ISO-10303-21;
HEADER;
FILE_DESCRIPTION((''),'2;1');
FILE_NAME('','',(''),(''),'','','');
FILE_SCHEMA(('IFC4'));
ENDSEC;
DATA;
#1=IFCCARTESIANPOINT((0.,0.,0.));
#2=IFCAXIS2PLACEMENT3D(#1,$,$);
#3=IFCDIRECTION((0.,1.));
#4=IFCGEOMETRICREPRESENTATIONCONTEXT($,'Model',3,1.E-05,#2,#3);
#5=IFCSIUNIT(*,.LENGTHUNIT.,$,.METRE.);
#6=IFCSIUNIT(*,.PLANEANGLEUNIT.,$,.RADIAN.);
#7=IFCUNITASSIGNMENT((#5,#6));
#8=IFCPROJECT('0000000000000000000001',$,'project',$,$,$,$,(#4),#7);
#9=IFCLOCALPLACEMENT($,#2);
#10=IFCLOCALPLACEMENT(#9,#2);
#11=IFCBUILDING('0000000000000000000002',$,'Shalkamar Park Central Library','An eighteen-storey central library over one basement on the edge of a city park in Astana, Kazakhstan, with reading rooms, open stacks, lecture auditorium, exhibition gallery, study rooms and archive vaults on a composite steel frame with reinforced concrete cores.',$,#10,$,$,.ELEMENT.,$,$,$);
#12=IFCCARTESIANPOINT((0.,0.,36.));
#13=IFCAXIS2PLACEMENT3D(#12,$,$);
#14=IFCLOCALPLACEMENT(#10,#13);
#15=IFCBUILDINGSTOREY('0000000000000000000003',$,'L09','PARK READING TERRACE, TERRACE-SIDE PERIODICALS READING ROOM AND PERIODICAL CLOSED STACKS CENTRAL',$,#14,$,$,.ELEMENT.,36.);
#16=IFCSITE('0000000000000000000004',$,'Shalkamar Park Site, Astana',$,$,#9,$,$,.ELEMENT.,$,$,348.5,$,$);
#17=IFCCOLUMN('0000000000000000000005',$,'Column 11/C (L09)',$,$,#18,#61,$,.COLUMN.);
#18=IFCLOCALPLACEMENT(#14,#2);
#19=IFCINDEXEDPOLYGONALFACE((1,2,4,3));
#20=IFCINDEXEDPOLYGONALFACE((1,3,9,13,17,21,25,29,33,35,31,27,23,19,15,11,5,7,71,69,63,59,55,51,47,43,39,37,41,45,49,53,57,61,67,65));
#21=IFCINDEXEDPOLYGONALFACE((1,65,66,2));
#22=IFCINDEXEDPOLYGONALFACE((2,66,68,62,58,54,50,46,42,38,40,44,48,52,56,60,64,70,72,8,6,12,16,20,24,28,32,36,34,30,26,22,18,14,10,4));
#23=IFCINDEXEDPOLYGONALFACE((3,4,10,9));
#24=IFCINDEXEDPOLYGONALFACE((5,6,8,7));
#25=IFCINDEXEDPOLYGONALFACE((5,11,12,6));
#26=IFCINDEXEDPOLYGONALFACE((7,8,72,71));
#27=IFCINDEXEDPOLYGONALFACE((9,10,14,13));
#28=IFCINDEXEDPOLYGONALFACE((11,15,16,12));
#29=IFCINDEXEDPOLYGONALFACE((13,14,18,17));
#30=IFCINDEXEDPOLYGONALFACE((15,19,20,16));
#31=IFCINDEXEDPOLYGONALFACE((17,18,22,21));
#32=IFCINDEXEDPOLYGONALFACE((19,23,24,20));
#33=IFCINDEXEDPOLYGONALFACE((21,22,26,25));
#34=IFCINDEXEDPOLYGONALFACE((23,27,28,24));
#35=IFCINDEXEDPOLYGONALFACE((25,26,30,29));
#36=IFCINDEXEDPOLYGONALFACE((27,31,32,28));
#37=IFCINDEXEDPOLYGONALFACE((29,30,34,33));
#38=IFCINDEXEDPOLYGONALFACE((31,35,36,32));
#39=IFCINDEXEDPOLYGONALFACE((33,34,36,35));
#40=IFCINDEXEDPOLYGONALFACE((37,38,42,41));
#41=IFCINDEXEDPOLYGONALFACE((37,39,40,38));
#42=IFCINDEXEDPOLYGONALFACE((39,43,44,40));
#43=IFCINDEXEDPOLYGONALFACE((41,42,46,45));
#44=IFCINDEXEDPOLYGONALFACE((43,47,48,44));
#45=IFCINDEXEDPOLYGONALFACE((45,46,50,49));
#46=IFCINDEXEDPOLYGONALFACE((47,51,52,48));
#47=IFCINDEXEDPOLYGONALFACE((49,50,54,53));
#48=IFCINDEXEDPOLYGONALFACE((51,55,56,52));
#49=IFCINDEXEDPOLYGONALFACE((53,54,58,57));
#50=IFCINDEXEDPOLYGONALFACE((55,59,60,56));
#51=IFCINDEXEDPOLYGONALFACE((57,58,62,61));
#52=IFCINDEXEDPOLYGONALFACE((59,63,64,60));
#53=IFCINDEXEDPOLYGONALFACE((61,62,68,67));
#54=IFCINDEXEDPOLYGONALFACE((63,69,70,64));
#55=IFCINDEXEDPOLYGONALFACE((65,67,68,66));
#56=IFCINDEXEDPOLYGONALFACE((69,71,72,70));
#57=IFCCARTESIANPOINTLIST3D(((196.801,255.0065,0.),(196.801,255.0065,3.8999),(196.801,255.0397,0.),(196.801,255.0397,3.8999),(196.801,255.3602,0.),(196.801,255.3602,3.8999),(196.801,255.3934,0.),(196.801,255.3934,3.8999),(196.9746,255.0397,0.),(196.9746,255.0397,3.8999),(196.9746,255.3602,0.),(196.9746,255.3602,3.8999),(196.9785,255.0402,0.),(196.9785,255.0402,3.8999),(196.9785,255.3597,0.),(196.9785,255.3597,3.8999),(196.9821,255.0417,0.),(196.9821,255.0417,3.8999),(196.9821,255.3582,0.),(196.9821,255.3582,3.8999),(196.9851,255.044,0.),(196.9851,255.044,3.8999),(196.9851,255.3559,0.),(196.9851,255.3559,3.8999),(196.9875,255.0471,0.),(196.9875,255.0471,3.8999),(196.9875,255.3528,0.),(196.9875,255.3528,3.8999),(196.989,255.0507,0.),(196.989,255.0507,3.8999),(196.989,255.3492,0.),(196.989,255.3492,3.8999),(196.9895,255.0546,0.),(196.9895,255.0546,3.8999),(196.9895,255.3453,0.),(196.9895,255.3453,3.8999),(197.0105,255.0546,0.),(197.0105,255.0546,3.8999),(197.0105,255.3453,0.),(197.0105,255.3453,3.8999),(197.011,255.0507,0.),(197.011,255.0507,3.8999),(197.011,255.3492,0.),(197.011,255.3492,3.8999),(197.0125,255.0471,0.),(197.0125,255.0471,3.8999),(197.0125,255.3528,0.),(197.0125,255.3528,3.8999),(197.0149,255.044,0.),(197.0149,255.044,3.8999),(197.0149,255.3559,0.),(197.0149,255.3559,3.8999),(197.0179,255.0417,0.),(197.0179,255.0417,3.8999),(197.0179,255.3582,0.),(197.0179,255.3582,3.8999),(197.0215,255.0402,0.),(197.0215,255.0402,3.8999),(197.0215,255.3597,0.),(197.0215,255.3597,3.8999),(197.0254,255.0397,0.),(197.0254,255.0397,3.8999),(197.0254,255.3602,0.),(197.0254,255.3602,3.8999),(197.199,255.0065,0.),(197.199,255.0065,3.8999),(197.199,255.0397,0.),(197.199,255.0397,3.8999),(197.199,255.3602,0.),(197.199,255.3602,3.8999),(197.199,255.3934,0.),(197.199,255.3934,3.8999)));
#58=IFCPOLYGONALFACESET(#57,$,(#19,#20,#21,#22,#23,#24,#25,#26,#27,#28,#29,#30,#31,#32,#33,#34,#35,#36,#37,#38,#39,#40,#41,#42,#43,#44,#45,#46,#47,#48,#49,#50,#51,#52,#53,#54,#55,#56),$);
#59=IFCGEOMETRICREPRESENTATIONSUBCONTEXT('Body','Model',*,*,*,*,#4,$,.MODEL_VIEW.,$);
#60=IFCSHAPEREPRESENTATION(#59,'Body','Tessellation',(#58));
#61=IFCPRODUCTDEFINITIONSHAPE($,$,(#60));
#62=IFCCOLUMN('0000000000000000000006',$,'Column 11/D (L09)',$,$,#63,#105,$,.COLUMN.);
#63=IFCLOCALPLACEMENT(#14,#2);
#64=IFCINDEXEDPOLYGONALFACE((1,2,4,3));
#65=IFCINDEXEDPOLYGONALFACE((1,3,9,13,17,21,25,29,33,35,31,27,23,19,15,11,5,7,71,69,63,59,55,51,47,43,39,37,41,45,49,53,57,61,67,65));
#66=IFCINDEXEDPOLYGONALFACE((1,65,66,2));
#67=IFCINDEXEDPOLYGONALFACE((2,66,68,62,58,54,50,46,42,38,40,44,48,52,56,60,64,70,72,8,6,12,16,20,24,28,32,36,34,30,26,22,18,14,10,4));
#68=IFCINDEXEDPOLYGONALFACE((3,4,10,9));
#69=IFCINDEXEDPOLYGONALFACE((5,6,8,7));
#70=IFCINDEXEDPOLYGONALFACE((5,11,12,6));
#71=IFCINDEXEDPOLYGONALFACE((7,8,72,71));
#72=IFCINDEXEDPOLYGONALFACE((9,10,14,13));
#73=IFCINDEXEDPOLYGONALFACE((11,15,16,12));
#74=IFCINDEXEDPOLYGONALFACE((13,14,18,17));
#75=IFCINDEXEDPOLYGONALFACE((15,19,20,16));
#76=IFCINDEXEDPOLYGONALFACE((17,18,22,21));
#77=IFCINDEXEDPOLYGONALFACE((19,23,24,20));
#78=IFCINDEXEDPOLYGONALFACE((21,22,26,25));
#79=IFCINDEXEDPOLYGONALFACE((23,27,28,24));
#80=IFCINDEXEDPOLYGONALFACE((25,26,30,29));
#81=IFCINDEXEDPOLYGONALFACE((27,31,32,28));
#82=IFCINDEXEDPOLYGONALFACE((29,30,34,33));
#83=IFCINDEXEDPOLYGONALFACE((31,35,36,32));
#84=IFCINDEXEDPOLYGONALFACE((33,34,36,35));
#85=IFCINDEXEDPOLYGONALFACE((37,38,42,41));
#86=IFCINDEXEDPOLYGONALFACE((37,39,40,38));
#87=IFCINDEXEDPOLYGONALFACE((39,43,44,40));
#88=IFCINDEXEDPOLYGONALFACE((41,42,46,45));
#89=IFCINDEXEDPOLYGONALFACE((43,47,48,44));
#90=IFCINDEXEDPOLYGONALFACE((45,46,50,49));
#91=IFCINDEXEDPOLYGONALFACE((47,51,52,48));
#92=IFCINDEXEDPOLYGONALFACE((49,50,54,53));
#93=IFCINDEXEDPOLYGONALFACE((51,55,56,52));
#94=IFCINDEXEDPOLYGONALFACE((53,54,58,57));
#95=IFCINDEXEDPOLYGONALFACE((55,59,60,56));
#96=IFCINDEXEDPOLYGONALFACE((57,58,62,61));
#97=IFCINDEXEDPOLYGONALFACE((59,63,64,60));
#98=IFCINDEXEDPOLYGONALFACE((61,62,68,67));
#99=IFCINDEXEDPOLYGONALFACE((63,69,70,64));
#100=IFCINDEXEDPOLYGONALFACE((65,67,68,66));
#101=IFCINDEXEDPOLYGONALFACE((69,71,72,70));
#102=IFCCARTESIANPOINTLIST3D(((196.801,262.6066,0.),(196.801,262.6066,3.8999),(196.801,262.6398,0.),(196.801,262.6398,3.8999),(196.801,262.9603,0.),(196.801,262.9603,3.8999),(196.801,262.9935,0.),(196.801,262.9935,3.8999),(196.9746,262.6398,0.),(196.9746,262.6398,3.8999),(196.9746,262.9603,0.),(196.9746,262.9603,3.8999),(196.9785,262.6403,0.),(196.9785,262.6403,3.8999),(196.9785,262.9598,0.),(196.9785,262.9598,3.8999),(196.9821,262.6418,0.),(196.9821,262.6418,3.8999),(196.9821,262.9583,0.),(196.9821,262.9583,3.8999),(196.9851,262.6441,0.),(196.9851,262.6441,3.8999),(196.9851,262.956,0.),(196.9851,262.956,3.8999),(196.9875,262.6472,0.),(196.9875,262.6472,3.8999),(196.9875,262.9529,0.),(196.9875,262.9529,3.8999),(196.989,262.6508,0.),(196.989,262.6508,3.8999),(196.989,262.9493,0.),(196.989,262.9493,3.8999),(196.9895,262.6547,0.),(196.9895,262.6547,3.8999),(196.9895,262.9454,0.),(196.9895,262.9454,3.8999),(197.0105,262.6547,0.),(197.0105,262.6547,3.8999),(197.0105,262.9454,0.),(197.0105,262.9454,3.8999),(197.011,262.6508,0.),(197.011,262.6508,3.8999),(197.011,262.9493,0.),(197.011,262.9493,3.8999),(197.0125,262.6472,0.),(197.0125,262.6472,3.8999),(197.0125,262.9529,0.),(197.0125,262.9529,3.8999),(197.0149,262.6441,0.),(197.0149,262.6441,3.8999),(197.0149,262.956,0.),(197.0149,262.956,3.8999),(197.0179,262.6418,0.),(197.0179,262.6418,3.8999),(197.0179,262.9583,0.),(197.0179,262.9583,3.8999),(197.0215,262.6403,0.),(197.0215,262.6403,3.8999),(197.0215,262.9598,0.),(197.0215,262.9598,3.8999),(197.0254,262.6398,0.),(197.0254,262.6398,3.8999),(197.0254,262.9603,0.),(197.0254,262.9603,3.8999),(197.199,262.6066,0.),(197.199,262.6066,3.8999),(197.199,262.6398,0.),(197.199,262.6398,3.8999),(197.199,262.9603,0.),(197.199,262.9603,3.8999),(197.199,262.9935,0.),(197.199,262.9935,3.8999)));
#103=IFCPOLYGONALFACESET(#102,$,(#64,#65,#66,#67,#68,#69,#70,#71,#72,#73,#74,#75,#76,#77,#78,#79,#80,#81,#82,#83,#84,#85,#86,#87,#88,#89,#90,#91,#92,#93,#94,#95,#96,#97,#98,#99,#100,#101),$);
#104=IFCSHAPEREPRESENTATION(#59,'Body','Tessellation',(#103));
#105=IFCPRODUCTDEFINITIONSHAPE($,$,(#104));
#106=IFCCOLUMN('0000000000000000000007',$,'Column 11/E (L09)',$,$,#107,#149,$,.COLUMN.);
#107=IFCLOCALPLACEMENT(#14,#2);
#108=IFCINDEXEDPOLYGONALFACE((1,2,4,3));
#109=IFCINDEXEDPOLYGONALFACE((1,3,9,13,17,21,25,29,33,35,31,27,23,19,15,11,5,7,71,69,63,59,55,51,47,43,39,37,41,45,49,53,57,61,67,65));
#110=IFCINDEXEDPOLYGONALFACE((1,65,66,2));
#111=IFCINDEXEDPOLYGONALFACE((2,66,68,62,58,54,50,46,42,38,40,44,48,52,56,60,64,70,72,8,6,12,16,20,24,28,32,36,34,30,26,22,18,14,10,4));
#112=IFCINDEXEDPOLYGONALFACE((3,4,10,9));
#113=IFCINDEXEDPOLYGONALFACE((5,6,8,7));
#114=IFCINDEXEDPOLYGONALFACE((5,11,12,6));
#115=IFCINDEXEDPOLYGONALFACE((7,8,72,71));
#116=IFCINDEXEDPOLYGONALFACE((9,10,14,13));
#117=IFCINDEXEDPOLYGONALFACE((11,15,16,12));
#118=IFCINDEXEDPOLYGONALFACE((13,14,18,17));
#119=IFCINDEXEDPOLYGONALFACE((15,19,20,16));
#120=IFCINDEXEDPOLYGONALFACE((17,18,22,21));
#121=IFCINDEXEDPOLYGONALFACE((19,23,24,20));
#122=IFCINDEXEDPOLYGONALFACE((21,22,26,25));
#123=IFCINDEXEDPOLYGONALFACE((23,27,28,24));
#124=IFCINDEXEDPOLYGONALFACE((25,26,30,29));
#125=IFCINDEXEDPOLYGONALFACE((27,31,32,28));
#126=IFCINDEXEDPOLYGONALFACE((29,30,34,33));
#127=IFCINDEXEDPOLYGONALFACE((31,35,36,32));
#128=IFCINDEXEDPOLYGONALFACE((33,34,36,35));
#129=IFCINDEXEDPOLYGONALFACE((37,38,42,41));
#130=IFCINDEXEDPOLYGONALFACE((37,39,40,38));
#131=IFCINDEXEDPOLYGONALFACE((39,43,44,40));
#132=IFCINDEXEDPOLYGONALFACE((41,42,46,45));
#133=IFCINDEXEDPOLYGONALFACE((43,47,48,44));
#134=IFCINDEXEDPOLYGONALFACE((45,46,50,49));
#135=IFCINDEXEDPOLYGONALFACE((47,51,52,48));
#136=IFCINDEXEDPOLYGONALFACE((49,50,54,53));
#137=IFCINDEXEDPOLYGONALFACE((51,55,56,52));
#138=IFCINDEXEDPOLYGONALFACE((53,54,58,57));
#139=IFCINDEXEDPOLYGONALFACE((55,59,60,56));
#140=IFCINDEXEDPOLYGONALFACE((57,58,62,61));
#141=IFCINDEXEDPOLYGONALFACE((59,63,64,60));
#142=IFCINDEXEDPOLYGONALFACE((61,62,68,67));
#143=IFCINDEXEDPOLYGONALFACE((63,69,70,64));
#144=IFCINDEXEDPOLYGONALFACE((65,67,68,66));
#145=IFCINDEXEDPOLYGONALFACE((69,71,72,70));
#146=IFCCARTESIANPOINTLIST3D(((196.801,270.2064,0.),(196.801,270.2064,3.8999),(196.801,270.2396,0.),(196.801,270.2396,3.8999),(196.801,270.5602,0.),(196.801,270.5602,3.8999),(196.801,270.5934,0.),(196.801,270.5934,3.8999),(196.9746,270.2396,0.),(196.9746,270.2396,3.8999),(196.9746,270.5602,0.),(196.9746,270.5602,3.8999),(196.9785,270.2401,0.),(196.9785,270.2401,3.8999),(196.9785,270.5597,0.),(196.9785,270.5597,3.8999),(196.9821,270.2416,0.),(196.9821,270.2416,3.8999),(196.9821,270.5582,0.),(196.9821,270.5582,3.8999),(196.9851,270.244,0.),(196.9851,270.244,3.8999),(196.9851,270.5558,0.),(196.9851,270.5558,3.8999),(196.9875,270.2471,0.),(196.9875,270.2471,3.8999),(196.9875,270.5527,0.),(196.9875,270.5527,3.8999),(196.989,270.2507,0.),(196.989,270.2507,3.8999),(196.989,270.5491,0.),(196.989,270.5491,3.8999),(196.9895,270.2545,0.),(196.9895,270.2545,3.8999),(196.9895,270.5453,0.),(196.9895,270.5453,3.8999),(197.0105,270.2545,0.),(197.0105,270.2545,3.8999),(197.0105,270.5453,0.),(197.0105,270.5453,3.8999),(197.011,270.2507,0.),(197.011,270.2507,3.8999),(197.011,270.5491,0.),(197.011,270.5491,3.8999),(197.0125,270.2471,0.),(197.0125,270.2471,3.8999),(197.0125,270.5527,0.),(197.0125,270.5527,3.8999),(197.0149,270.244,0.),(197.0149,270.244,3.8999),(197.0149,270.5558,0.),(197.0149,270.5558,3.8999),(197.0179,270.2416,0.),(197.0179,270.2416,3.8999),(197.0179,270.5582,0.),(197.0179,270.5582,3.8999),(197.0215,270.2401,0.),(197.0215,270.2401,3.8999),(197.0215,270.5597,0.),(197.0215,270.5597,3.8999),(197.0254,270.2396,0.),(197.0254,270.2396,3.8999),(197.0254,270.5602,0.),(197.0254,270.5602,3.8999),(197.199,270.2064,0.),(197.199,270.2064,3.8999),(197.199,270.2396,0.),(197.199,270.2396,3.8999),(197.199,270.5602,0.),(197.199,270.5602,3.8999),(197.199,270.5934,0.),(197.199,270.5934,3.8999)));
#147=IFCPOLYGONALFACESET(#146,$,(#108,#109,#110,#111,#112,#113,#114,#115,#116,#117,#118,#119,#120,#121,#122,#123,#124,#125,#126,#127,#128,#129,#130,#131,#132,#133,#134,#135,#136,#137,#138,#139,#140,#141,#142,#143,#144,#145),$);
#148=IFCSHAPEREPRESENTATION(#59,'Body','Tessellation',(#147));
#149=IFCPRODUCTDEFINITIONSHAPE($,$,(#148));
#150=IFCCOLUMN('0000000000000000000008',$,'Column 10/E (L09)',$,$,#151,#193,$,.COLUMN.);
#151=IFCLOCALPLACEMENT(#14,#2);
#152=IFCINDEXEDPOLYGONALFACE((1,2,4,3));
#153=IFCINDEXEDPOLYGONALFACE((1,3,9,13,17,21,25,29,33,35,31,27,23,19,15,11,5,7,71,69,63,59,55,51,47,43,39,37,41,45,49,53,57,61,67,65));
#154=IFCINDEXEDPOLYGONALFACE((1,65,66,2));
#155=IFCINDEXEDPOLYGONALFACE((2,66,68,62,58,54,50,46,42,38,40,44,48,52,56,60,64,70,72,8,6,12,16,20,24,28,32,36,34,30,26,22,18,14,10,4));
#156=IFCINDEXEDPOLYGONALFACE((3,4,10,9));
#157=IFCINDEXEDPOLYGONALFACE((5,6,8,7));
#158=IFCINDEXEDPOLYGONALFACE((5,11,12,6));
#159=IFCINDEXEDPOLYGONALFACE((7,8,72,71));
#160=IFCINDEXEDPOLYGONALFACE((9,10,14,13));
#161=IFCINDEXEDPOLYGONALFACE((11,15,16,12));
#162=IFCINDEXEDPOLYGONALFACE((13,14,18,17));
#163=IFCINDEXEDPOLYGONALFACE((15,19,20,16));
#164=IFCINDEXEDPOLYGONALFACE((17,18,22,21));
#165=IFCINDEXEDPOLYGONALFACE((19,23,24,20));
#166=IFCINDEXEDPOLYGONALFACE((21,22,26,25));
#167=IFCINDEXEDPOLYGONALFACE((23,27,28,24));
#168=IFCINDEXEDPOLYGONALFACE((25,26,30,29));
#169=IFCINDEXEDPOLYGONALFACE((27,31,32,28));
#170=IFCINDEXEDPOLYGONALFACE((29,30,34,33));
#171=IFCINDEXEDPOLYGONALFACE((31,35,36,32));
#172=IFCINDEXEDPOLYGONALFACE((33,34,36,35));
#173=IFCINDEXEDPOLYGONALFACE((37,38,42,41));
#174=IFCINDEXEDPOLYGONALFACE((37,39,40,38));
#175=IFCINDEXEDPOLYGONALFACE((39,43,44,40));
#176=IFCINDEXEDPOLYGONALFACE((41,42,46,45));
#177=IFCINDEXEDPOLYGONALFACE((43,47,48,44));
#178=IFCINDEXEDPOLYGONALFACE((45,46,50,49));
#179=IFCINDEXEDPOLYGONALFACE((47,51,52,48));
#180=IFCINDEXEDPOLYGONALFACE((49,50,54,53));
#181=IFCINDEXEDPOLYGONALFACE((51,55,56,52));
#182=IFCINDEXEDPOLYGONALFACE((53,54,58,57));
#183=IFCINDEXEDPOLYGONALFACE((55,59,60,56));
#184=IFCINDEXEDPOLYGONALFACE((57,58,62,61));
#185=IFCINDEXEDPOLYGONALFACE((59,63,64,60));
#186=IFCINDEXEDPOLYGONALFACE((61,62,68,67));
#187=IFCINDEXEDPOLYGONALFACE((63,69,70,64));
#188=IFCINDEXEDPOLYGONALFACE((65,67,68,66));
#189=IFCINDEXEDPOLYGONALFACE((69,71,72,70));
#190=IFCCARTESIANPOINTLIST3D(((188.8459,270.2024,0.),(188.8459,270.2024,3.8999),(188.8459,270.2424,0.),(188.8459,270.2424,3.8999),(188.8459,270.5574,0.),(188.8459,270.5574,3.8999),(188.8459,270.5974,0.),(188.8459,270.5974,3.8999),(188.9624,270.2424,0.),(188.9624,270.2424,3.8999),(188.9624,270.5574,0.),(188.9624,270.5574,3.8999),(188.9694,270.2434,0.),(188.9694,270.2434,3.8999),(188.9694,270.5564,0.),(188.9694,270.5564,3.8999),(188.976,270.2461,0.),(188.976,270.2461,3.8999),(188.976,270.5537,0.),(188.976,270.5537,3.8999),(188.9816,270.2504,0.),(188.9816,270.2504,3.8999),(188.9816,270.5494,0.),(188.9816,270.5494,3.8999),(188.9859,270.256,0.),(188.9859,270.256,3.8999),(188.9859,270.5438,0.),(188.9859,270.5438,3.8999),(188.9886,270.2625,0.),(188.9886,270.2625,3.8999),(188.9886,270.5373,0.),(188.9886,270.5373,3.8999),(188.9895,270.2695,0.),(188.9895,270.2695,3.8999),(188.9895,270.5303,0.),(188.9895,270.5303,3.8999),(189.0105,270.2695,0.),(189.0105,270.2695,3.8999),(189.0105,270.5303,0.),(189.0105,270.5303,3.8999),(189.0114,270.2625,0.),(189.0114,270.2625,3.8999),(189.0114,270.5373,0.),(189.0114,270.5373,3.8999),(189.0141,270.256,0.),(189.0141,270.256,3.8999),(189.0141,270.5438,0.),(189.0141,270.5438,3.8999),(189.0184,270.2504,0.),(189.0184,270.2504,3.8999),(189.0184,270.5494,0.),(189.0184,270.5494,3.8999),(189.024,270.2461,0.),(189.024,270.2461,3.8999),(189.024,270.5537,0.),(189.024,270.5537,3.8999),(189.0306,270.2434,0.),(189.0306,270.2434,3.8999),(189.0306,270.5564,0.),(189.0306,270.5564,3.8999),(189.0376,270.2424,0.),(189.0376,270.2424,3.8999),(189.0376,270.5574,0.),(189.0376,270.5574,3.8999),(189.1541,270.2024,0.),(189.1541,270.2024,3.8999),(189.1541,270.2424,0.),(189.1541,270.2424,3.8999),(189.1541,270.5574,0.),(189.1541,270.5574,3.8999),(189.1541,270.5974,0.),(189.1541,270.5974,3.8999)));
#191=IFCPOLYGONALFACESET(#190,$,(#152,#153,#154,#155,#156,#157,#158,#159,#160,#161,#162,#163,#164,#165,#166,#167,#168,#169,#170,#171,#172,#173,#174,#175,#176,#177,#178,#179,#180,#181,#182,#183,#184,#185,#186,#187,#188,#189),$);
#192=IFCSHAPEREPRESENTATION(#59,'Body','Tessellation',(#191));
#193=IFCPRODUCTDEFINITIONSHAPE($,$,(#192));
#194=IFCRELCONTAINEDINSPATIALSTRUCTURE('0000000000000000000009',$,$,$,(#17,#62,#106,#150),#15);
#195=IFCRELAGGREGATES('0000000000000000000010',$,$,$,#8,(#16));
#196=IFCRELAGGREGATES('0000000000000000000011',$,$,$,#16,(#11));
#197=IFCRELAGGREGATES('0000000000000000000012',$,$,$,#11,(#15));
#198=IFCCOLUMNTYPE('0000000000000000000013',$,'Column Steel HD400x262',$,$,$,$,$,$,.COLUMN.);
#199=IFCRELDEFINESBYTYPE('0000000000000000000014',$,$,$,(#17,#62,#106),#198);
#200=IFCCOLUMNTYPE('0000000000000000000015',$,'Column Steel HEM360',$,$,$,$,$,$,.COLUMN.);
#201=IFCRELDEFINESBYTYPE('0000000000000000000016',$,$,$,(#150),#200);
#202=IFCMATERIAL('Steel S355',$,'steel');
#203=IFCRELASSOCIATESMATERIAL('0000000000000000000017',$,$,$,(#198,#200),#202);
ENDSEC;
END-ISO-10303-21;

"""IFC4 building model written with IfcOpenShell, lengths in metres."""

from ifc_helpers import new_model, si_unit, direction, frame, origin, origin_2d, place, context, subcontext, project, spatial, i_section, extrude, material, material_profile, profile_set, type_object, element, save


model = new_model("IFC4")

# Units and contexts
model_context = context("Model", 3, precision=1e-05, world=origin(), true_north=direction((0.0, 1.0)))
body_context = subcontext(model_context, "Body", "Model", "MODEL_VIEW")
ifc_project = project(units=[si_unit("LENGTHUNIT", "METRE"), si_unit("PLANEANGLEUNIT", "RADIAN")], contexts=[model_context])

# Site, building, storey
site_placement = place(None, origin())
site = spatial("IfcSite", under=ifc_project, at=site_placement, Name="Shalkamar Park Site, Astana", CompositionType="ELEMENT", RefElevation=348.5)
building_placement = place(site_placement, origin())
building = spatial("IfcBuilding", under=site, at=building_placement, Name="Shalkamar Park Central Library", Description="An eighteen-storey central library over one basement on the edge of a city park in Astana, Kazakhstan, with reading rooms, open stacks, lecture auditorium, exhibition gallery, study rooms and archive vaults on a composite steel frame with reinforced concrete cores.", CompositionType="ELEMENT")
storey_placement = place(building_placement, frame((0.0, 0.0, 36.0)))
storey = spatial("IfcBuildingStorey", under=building, at=storey_placement, Name="L09", Description="PARK READING TERRACE, TERRACE-SIDE PERIODICALS READING ROOM AND PERIODICAL CLOSED STACKS CENTRAL", CompositionType="ELEMENT", Elevation=36.0)

# Columns
ifc_material_1 = material(Name="Steel S355", Category="steel")
ifc_material_profile_1 = material_profile(ifc_material_1, i_section(OverallWidth=0.3979, OverallDepth=0.387, WebThickness=0.021, FlangeThickness=0.0332, FilletRadius=0.0149, at=origin_2d()), Name="HD 400x262")
ifc_profile_set_1 = profile_set([ifc_material_profile_1], Name="Steel S355")
column_type_1 = type_object("IfcColumnType", Name="Column Steel HD400x262", PredefinedType="COLUMN", material=ifc_profile_set_1)
for number, where, z_axis, x_axis, name in (
    (1, (197.0, 255.2, 0.0), (0.0, 0.0, 1.0), (1.0, 0.0, 0.0), "Column 11/C (L09)"),
    (2, (197.0, 262.8, 0.0), (0.0, 0.0, 1.0), (1.0, 0.0, 0.0), "Column 11/D (L09)"),
    (3, (197.0, 270.3999, 0.0), (0.0, 0.0, 1.0), (1.0, 0.0, 0.0), "Column 11/E (L09)"),
):
    element("IfcColumn", number, at=place(storey_placement, frame(where, z_axis=z_axis, x_axis=x_axis)), inside=storey, type_object=column_type_1, Name=name, PredefinedType="COLUMN", context=body_context, shape_type="SweptSolid", body=[
        extrude(i_section(OverallWidth=0.3979, OverallDepth=0.387, WebThickness=0.021, FlangeThickness=0.0332, FilletRadius=0.0149, at=origin_2d()), origin(), (0.0, 0.0, 1.0), 3.8999),
    ])
ifc_material_profile_2 = material_profile(ifc_material_1, i_section(OverallWidth=0.3081, OverallDepth=0.395, WebThickness=0.021, FlangeThickness=0.04, FilletRadius=0.0271, at=origin_2d()), Name="HEM 360")
ifc_profile_set_2 = profile_set([ifc_material_profile_2], Name="Steel S355")
column_type_2 = type_object("IfcColumnType", Name="Column Steel HEM360", PredefinedType="COLUMN", material=ifc_profile_set_2)
for number, where, z_axis, x_axis, name in (
    (4, (189.0, 270.3999, 0.0), (0.0, 0.0, 1.0), (1.0, 0.0, 0.0), "Column 10/E (L09)"),
):
    element("IfcColumn", number, at=place(storey_placement, frame(where, z_axis=z_axis, x_axis=x_axis)), inside=storey, type_object=column_type_2, Name=name, PredefinedType="COLUMN", context=body_context, shape_type="SweptSolid", body=[
        extrude(i_section(OverallWidth=0.3081, OverallDepth=0.395, WebThickness=0.021, FlangeThickness=0.04, FilletRadius=0.0271, at=origin_2d()), origin(), (0.0, 0.0, 1.0), 3.8999),
    ])

save(model, "model.ifc")
